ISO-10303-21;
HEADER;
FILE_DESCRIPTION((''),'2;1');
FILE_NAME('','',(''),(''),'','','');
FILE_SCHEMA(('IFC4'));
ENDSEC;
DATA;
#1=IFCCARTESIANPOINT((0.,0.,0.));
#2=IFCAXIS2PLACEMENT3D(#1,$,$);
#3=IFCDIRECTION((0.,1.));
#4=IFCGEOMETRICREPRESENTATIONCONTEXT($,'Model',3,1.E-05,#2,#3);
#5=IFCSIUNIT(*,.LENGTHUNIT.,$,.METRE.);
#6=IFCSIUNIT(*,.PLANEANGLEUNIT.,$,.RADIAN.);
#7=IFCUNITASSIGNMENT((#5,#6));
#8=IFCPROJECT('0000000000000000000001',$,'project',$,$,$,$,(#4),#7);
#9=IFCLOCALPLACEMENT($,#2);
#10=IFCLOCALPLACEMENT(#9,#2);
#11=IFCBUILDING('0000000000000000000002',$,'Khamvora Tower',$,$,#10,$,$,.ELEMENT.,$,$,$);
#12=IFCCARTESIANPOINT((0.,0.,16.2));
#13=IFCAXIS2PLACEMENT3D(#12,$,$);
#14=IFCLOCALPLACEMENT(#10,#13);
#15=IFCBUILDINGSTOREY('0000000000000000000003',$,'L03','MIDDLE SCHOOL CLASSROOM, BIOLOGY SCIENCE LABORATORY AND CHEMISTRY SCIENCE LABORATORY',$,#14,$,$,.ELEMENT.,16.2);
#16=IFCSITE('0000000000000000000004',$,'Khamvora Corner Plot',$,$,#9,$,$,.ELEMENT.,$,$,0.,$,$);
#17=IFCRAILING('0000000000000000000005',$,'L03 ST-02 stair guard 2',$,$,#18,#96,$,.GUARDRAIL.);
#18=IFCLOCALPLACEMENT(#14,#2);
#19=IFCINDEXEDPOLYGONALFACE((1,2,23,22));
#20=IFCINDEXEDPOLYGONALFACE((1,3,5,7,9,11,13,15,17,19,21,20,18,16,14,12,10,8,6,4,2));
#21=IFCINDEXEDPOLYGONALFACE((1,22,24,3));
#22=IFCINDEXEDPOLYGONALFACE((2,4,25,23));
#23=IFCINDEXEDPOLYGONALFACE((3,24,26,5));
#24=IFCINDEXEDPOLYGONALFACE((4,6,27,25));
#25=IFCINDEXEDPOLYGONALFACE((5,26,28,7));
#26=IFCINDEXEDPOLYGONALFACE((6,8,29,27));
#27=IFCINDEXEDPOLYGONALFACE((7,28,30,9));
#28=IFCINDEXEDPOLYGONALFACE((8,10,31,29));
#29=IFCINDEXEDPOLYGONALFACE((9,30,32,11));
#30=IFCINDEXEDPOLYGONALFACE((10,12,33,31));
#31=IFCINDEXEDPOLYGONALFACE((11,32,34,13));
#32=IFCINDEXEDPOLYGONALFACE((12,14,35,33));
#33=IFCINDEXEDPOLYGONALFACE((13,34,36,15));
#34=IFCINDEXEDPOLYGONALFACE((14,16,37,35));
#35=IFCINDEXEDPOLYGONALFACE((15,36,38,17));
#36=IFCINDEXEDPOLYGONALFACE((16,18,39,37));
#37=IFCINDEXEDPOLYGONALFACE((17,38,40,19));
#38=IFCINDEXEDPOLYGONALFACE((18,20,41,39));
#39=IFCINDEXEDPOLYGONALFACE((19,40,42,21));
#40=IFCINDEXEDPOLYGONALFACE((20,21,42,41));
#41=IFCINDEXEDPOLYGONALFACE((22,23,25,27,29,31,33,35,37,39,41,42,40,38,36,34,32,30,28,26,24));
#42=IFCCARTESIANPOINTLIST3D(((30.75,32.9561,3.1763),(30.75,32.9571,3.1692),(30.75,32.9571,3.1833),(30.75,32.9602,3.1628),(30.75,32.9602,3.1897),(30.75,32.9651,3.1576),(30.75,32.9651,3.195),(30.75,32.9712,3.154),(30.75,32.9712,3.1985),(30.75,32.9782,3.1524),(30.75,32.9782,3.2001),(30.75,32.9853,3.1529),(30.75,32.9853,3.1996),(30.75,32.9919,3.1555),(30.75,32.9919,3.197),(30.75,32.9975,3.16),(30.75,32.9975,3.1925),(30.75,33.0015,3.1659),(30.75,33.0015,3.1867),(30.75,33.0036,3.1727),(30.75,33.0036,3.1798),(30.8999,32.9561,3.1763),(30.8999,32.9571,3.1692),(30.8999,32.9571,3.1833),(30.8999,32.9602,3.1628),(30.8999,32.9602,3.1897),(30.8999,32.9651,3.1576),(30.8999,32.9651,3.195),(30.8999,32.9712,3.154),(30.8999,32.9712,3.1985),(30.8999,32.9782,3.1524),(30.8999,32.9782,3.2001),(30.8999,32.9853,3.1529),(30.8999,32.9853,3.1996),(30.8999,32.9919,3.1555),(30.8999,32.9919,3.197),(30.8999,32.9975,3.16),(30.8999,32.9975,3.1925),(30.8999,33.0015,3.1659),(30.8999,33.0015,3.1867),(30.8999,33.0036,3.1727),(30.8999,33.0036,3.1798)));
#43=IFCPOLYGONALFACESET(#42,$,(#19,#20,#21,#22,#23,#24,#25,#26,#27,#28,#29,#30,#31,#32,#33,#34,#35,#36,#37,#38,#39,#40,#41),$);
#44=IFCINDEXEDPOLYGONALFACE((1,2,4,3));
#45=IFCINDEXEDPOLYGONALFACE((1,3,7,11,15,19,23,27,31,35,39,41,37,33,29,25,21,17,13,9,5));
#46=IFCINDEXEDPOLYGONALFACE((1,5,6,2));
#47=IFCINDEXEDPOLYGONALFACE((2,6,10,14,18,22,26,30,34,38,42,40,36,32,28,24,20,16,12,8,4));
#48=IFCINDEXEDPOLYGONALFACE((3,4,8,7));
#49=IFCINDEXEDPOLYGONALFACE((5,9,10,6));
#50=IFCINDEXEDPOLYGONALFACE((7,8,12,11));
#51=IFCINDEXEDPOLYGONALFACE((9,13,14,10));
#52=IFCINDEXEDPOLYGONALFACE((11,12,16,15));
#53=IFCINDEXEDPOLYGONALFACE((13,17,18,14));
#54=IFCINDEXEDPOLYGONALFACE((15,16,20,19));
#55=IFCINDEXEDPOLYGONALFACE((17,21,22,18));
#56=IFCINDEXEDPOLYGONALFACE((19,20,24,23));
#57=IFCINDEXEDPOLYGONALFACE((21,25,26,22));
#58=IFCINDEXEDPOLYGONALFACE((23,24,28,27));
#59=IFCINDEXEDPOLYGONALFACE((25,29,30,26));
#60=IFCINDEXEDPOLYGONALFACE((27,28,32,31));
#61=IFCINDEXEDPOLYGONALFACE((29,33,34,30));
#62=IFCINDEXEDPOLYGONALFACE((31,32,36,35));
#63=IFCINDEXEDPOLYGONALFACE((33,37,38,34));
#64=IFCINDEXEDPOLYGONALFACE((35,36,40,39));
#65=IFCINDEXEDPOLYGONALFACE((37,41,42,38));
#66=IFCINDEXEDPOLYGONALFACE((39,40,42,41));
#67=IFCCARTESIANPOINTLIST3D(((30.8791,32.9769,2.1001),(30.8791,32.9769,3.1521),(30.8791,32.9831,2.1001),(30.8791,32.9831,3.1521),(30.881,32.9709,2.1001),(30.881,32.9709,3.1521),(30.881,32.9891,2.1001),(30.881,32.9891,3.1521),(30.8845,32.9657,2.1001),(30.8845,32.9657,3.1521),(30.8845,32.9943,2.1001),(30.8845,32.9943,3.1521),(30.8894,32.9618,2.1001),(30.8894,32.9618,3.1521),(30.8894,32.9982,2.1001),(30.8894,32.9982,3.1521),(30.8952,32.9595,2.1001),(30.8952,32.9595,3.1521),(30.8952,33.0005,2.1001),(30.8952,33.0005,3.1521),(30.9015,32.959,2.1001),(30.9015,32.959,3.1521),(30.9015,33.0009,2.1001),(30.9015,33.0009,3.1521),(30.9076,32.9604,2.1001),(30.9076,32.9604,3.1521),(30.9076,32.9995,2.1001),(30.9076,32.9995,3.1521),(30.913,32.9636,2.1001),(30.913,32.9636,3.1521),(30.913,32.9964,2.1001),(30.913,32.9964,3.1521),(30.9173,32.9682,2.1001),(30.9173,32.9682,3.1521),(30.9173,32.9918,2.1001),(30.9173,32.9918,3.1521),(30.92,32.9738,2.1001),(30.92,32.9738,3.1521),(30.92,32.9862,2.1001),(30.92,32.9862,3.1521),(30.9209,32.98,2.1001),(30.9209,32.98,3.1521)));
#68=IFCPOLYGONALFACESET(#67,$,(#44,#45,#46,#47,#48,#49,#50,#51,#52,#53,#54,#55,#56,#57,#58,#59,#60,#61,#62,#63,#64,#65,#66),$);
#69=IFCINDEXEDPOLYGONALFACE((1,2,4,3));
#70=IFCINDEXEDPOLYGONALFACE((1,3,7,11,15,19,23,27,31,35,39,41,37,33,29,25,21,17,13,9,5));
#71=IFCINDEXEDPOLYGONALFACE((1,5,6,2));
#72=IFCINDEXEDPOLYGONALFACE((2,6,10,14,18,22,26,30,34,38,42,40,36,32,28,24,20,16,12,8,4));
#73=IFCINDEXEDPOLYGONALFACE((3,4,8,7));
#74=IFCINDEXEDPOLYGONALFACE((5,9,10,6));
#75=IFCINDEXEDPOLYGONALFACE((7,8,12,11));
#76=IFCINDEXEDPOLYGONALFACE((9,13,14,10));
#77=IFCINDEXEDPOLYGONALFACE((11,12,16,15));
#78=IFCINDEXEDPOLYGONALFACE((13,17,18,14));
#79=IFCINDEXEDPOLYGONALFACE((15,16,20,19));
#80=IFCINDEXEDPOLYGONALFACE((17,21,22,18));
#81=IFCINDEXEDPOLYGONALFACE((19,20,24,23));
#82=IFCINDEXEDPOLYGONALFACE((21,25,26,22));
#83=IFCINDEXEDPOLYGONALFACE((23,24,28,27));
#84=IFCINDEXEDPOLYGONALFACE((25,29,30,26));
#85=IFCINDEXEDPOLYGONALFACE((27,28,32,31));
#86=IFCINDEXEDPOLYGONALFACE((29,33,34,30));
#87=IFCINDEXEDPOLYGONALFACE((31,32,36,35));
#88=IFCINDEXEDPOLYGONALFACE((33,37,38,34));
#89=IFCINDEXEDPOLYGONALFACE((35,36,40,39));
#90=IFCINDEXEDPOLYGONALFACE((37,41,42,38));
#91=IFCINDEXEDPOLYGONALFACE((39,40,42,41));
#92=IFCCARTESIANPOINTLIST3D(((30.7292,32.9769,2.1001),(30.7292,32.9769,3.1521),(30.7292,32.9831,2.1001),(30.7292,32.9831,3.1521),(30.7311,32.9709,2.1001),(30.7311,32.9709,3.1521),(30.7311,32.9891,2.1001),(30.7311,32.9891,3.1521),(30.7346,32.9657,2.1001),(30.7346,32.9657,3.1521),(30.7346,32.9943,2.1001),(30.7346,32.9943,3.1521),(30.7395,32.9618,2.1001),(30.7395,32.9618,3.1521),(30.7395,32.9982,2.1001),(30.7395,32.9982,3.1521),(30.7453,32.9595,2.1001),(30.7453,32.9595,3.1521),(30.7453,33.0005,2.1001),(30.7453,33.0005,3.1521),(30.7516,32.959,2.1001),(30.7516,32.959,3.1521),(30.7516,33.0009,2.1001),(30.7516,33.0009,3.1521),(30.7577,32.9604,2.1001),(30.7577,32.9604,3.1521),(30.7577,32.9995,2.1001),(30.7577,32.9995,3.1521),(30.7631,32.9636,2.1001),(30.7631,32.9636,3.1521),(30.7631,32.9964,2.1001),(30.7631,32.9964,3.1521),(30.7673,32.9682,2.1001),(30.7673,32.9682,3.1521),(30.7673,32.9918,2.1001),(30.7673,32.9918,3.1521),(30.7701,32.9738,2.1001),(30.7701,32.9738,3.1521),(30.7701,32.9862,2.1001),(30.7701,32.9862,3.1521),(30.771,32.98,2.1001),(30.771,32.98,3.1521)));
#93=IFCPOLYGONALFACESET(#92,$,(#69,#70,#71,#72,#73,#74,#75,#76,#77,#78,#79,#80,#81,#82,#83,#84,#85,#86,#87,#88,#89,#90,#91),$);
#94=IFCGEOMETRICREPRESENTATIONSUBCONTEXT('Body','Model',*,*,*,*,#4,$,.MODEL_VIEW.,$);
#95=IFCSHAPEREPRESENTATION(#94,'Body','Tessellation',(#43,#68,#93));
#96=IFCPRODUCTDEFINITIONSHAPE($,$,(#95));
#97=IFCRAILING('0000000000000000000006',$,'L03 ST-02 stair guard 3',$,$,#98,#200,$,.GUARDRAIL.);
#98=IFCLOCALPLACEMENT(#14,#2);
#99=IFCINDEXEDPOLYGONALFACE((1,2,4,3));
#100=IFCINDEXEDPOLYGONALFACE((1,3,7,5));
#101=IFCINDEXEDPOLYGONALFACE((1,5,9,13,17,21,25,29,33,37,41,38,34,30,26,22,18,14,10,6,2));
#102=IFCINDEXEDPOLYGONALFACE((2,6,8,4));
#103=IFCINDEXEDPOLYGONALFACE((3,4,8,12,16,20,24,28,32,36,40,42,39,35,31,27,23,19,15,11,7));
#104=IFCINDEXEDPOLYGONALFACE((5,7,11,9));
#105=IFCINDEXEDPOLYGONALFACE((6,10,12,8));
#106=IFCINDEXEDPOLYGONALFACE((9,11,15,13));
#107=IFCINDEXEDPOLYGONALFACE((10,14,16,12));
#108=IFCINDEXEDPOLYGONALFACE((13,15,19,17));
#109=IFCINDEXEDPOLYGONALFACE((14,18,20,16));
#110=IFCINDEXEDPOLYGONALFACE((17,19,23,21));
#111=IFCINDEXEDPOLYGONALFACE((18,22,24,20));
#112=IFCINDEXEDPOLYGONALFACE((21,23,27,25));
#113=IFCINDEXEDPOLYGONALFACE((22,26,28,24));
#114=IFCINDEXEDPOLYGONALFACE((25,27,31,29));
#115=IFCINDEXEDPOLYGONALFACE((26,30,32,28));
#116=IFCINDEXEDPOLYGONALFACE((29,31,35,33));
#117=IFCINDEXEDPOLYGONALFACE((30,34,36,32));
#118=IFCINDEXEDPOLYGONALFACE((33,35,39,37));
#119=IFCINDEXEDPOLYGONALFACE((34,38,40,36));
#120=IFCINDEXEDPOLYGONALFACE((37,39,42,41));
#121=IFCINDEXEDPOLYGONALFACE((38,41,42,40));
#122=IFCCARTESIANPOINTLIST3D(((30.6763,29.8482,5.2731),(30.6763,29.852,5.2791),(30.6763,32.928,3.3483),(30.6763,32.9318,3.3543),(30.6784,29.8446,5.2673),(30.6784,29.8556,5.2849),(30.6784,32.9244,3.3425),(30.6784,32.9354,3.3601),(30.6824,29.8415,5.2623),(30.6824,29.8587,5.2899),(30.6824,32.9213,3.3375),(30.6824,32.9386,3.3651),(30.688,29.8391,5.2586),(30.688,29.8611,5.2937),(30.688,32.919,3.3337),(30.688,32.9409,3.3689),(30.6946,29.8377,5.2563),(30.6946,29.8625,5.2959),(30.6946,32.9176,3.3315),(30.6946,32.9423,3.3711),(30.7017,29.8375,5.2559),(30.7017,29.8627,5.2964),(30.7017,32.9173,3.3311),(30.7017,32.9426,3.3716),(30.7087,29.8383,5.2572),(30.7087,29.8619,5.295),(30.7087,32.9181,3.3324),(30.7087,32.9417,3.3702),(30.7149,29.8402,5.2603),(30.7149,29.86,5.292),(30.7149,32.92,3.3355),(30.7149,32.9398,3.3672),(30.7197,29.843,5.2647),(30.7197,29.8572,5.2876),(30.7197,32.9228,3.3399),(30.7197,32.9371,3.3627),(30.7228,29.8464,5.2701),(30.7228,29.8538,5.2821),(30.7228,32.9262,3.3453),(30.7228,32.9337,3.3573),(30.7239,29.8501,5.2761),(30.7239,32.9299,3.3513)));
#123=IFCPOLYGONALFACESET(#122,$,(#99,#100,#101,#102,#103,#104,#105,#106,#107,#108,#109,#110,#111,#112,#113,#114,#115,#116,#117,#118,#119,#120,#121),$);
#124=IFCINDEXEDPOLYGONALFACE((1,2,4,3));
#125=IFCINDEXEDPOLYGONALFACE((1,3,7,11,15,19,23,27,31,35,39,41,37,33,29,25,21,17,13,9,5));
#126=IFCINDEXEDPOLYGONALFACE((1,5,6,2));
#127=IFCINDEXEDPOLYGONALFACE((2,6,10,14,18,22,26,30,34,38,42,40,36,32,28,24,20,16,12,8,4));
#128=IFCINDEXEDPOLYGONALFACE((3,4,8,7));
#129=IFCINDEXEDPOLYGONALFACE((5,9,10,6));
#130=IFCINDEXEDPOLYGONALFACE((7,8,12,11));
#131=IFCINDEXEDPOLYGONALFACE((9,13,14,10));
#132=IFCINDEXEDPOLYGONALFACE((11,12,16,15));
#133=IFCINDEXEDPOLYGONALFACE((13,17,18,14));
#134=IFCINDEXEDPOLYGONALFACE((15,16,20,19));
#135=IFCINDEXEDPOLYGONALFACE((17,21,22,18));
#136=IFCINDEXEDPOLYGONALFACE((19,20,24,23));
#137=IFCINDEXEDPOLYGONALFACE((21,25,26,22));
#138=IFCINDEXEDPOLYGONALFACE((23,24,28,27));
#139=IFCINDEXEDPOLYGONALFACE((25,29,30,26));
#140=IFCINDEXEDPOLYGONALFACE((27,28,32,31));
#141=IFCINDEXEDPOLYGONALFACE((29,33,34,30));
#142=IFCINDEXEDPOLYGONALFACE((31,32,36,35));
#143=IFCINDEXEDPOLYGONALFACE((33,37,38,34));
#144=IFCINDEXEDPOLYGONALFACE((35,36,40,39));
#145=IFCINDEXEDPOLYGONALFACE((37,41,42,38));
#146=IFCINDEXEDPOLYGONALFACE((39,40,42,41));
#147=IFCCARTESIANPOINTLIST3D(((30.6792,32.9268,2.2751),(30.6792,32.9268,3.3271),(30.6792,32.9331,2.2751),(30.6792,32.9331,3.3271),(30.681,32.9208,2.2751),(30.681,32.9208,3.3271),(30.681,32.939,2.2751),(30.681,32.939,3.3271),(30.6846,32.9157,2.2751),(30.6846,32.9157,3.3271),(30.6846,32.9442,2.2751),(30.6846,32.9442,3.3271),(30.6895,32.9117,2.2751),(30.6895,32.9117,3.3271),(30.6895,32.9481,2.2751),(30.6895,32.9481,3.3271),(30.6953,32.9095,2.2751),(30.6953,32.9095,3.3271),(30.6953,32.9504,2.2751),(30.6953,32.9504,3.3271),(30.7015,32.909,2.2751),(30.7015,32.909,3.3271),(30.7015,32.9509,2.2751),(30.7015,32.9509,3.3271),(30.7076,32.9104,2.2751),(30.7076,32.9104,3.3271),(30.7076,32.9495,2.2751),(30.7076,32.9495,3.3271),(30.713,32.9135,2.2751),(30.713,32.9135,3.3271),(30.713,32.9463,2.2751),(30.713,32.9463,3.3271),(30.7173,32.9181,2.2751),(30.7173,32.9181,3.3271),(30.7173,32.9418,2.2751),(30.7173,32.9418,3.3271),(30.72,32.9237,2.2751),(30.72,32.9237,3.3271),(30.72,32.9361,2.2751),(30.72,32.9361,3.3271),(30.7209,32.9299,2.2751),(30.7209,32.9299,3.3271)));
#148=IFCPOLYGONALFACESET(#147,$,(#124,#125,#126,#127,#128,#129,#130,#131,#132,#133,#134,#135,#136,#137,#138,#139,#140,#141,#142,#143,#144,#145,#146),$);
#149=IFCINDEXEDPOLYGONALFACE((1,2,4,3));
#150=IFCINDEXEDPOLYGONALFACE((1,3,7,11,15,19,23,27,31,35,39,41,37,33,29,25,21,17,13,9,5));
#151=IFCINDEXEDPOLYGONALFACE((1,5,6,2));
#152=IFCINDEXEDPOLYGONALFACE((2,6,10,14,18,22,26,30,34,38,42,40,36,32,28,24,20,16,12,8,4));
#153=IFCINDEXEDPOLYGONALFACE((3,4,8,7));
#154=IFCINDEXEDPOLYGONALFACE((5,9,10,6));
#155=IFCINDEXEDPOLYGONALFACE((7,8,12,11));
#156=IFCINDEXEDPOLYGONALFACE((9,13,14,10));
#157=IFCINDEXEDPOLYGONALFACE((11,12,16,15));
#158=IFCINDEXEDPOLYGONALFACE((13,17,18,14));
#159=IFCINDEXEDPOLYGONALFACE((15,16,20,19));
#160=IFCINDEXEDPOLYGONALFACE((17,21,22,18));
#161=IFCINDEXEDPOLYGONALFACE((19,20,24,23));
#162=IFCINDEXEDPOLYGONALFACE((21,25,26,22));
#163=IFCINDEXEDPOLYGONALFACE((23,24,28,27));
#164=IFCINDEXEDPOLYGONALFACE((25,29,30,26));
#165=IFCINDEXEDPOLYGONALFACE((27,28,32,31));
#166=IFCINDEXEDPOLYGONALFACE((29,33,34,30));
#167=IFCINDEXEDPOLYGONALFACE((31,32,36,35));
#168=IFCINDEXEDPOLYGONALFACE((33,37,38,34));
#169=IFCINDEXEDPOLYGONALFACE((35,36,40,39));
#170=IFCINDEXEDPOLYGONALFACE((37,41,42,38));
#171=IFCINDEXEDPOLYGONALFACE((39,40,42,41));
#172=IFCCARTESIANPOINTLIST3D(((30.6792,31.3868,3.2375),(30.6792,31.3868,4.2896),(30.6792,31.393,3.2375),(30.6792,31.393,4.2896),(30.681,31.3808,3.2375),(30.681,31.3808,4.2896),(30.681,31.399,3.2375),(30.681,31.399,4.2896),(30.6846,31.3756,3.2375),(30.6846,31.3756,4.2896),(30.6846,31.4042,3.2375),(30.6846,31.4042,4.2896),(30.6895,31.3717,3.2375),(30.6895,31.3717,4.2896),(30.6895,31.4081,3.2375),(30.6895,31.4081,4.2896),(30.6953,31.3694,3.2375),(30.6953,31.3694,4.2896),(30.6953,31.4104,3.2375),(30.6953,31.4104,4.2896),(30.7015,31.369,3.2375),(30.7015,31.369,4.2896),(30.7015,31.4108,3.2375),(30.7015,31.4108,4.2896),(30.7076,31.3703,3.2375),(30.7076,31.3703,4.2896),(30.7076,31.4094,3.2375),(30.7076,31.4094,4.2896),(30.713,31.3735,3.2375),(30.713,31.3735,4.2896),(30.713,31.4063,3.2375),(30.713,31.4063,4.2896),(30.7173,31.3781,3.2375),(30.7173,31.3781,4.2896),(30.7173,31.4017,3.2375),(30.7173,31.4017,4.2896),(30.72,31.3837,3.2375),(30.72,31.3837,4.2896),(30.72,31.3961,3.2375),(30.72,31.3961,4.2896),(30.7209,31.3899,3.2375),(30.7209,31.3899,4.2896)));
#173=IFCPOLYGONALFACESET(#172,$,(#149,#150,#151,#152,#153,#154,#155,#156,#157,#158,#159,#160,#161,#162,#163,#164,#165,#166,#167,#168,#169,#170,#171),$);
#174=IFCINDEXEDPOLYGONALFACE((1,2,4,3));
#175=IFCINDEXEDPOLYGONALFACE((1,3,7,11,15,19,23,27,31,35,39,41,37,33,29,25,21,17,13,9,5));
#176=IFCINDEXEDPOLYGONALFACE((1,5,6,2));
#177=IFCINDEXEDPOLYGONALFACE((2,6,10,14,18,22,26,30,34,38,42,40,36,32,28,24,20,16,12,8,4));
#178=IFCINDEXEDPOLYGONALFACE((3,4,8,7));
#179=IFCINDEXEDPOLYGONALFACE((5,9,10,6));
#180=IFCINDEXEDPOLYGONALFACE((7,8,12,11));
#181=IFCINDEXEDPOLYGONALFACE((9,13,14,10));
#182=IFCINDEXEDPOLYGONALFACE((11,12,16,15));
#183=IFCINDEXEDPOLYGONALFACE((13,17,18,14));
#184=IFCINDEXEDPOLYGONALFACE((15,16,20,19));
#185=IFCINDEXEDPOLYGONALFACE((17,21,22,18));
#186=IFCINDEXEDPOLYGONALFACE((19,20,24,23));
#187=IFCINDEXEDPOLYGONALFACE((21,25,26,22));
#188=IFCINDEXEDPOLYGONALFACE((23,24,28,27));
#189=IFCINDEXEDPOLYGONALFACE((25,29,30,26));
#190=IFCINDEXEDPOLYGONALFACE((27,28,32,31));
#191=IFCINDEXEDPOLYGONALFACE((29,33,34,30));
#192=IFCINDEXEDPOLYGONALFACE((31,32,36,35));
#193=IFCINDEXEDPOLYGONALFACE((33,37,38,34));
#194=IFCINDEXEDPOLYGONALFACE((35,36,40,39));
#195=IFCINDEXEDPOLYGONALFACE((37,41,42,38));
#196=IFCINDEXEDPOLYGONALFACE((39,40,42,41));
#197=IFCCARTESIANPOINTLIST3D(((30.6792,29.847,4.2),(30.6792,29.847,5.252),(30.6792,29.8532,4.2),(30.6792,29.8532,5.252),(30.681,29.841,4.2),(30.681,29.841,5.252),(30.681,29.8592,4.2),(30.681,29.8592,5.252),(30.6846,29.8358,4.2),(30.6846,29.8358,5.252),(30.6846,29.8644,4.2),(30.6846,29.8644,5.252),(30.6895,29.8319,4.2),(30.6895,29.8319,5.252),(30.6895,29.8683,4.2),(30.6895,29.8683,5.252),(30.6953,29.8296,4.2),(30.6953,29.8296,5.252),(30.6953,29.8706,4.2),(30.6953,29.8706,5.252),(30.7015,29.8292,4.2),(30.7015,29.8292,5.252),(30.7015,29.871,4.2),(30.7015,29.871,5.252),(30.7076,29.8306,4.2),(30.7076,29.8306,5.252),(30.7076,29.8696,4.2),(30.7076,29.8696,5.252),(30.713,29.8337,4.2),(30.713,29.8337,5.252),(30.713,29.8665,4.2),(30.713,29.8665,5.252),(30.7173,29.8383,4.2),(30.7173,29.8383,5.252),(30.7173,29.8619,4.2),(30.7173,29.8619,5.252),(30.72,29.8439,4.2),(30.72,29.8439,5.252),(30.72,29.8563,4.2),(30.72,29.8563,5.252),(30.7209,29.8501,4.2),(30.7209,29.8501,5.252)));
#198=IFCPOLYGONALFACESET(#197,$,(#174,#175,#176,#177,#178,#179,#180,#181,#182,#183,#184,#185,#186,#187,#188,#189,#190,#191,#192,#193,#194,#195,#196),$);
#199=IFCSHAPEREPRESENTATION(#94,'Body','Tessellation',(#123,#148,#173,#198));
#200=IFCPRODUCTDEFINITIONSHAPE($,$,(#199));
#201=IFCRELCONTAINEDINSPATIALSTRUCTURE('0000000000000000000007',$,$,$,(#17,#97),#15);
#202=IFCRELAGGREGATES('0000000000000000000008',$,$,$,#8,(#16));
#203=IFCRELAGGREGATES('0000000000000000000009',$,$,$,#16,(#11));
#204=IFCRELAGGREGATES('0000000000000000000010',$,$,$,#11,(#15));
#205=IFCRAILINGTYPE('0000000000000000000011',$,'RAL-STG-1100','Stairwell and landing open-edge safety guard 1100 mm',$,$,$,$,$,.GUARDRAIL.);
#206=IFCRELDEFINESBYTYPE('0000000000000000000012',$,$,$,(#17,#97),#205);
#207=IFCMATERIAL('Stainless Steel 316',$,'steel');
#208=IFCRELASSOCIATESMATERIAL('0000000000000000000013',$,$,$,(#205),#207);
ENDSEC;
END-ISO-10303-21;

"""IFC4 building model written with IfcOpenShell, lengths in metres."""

from ifc_helpers import new_model, si_unit, direction, frame, origin, origin_2d, place, context, subcontext, project, spatial, circle, extrude, material, type_object, element, save


model = new_model("IFC4")

# Units and contexts
model_context = context("Model", 3, precision=1e-05, world=origin(), true_north=direction((0.0, 1.0)))
body_context = subcontext(model_context, "Body", "Model", "MODEL_VIEW")
ifc_project = project(units=[si_unit("LENGTHUNIT", "METRE"), si_unit("PLANEANGLEUNIT", "RADIAN")], contexts=[model_context])

# Site, building, storey
site_placement = place(None, origin())
site = spatial("IfcSite", under=ifc_project, at=site_placement, Name="Khamvora Corner Plot", CompositionType="ELEMENT", RefElevation=0.0)
building_placement = place(site_placement, origin())
building = spatial("IfcBuilding", under=site, at=building_placement, Name="Khamvora Tower", CompositionType="ELEMENT")
storey_placement = place(building_placement, frame((0.0, 0.0, 16.2)))
storey = spatial("IfcBuildingStorey", under=building, at=storey_placement, Name="L03", Description="MIDDLE SCHOOL CLASSROOM, BIOLOGY SCIENCE LABORATORY AND CHEMISTRY SCIENCE LABORATORY", CompositionType="ELEMENT", Elevation=16.2)

# Railings
ifc_material_1 = material(Name="Stainless Steel 316", Category="steel")
railing_type_1 = type_object("IfcRailingType", Name="RAL-STG-1100", Description="Stairwell and landing open-edge safety guard 1100 mm", PredefinedType="GUARDRAIL", material=ifc_material_1)
railing_1_placement = place(storey_placement, frame((30.8999, 32.98, 2.1001)))
element("IfcRailing", 1, at=railing_1_placement, inside=storey, type_object=railing_type_1, Name="L03 ST-02 stair guard 2", PredefinedType="GUARDRAIL", context=body_context, shape_type="SweptSolid", body=[
    extrude(circle(Radius=0.0239, at=origin_2d()), frame((0.0, 0.0, 1.0762), z_axis=(-1.0, 0.0, 0.0), x_axis=(0.0, -1.0, 0.0)), (0.0, 0.0, 1.0), 0.1499),
    extrude(circle(Radius=0.021, at=origin_2d()), origin(), (0.0, 0.0, 1.0), 1.052),
    extrude(circle(Radius=0.021, at=origin_2d()), frame((-0.1499, 0.0, 0.0)), (0.0, 0.0, 1.0), 1.052),
])
railing_2_placement = place(storey_placement, frame((30.7, 32.9299, 2.2751)))
element("IfcRailing", 2, at=railing_2_placement, inside=storey, type_object=railing_type_1, Name="L03 ST-02 stair guard 3", PredefinedType="GUARDRAIL", context=body_context, shape_type="SweptSolid", body=[
    extrude(circle(Radius=0.0239, at=origin_2d()), frame((0.0, 0.0, 1.0762), z_axis=(0.0, -0.84801, 0.529981), x_axis=(1.0, 0.0, 0.0)), (0.0, 0.0, 1.0), 3.6318),
    extrude(circle(Radius=0.021, at=origin_2d()), origin(), (0.0, 0.0, 1.0), 1.052),
    extrude(circle(Radius=0.021, at=origin_2d()), frame((0.0, -1.54, 0.9624)), (0.0, 0.0, 1.0), 1.052),
    extrude(circle(Radius=0.021, at=origin_2d()), frame((0.0, -3.0798, 1.9248)), (0.0, 0.0, 1.0), 1.052),
])

save(model, "model.ifc")
